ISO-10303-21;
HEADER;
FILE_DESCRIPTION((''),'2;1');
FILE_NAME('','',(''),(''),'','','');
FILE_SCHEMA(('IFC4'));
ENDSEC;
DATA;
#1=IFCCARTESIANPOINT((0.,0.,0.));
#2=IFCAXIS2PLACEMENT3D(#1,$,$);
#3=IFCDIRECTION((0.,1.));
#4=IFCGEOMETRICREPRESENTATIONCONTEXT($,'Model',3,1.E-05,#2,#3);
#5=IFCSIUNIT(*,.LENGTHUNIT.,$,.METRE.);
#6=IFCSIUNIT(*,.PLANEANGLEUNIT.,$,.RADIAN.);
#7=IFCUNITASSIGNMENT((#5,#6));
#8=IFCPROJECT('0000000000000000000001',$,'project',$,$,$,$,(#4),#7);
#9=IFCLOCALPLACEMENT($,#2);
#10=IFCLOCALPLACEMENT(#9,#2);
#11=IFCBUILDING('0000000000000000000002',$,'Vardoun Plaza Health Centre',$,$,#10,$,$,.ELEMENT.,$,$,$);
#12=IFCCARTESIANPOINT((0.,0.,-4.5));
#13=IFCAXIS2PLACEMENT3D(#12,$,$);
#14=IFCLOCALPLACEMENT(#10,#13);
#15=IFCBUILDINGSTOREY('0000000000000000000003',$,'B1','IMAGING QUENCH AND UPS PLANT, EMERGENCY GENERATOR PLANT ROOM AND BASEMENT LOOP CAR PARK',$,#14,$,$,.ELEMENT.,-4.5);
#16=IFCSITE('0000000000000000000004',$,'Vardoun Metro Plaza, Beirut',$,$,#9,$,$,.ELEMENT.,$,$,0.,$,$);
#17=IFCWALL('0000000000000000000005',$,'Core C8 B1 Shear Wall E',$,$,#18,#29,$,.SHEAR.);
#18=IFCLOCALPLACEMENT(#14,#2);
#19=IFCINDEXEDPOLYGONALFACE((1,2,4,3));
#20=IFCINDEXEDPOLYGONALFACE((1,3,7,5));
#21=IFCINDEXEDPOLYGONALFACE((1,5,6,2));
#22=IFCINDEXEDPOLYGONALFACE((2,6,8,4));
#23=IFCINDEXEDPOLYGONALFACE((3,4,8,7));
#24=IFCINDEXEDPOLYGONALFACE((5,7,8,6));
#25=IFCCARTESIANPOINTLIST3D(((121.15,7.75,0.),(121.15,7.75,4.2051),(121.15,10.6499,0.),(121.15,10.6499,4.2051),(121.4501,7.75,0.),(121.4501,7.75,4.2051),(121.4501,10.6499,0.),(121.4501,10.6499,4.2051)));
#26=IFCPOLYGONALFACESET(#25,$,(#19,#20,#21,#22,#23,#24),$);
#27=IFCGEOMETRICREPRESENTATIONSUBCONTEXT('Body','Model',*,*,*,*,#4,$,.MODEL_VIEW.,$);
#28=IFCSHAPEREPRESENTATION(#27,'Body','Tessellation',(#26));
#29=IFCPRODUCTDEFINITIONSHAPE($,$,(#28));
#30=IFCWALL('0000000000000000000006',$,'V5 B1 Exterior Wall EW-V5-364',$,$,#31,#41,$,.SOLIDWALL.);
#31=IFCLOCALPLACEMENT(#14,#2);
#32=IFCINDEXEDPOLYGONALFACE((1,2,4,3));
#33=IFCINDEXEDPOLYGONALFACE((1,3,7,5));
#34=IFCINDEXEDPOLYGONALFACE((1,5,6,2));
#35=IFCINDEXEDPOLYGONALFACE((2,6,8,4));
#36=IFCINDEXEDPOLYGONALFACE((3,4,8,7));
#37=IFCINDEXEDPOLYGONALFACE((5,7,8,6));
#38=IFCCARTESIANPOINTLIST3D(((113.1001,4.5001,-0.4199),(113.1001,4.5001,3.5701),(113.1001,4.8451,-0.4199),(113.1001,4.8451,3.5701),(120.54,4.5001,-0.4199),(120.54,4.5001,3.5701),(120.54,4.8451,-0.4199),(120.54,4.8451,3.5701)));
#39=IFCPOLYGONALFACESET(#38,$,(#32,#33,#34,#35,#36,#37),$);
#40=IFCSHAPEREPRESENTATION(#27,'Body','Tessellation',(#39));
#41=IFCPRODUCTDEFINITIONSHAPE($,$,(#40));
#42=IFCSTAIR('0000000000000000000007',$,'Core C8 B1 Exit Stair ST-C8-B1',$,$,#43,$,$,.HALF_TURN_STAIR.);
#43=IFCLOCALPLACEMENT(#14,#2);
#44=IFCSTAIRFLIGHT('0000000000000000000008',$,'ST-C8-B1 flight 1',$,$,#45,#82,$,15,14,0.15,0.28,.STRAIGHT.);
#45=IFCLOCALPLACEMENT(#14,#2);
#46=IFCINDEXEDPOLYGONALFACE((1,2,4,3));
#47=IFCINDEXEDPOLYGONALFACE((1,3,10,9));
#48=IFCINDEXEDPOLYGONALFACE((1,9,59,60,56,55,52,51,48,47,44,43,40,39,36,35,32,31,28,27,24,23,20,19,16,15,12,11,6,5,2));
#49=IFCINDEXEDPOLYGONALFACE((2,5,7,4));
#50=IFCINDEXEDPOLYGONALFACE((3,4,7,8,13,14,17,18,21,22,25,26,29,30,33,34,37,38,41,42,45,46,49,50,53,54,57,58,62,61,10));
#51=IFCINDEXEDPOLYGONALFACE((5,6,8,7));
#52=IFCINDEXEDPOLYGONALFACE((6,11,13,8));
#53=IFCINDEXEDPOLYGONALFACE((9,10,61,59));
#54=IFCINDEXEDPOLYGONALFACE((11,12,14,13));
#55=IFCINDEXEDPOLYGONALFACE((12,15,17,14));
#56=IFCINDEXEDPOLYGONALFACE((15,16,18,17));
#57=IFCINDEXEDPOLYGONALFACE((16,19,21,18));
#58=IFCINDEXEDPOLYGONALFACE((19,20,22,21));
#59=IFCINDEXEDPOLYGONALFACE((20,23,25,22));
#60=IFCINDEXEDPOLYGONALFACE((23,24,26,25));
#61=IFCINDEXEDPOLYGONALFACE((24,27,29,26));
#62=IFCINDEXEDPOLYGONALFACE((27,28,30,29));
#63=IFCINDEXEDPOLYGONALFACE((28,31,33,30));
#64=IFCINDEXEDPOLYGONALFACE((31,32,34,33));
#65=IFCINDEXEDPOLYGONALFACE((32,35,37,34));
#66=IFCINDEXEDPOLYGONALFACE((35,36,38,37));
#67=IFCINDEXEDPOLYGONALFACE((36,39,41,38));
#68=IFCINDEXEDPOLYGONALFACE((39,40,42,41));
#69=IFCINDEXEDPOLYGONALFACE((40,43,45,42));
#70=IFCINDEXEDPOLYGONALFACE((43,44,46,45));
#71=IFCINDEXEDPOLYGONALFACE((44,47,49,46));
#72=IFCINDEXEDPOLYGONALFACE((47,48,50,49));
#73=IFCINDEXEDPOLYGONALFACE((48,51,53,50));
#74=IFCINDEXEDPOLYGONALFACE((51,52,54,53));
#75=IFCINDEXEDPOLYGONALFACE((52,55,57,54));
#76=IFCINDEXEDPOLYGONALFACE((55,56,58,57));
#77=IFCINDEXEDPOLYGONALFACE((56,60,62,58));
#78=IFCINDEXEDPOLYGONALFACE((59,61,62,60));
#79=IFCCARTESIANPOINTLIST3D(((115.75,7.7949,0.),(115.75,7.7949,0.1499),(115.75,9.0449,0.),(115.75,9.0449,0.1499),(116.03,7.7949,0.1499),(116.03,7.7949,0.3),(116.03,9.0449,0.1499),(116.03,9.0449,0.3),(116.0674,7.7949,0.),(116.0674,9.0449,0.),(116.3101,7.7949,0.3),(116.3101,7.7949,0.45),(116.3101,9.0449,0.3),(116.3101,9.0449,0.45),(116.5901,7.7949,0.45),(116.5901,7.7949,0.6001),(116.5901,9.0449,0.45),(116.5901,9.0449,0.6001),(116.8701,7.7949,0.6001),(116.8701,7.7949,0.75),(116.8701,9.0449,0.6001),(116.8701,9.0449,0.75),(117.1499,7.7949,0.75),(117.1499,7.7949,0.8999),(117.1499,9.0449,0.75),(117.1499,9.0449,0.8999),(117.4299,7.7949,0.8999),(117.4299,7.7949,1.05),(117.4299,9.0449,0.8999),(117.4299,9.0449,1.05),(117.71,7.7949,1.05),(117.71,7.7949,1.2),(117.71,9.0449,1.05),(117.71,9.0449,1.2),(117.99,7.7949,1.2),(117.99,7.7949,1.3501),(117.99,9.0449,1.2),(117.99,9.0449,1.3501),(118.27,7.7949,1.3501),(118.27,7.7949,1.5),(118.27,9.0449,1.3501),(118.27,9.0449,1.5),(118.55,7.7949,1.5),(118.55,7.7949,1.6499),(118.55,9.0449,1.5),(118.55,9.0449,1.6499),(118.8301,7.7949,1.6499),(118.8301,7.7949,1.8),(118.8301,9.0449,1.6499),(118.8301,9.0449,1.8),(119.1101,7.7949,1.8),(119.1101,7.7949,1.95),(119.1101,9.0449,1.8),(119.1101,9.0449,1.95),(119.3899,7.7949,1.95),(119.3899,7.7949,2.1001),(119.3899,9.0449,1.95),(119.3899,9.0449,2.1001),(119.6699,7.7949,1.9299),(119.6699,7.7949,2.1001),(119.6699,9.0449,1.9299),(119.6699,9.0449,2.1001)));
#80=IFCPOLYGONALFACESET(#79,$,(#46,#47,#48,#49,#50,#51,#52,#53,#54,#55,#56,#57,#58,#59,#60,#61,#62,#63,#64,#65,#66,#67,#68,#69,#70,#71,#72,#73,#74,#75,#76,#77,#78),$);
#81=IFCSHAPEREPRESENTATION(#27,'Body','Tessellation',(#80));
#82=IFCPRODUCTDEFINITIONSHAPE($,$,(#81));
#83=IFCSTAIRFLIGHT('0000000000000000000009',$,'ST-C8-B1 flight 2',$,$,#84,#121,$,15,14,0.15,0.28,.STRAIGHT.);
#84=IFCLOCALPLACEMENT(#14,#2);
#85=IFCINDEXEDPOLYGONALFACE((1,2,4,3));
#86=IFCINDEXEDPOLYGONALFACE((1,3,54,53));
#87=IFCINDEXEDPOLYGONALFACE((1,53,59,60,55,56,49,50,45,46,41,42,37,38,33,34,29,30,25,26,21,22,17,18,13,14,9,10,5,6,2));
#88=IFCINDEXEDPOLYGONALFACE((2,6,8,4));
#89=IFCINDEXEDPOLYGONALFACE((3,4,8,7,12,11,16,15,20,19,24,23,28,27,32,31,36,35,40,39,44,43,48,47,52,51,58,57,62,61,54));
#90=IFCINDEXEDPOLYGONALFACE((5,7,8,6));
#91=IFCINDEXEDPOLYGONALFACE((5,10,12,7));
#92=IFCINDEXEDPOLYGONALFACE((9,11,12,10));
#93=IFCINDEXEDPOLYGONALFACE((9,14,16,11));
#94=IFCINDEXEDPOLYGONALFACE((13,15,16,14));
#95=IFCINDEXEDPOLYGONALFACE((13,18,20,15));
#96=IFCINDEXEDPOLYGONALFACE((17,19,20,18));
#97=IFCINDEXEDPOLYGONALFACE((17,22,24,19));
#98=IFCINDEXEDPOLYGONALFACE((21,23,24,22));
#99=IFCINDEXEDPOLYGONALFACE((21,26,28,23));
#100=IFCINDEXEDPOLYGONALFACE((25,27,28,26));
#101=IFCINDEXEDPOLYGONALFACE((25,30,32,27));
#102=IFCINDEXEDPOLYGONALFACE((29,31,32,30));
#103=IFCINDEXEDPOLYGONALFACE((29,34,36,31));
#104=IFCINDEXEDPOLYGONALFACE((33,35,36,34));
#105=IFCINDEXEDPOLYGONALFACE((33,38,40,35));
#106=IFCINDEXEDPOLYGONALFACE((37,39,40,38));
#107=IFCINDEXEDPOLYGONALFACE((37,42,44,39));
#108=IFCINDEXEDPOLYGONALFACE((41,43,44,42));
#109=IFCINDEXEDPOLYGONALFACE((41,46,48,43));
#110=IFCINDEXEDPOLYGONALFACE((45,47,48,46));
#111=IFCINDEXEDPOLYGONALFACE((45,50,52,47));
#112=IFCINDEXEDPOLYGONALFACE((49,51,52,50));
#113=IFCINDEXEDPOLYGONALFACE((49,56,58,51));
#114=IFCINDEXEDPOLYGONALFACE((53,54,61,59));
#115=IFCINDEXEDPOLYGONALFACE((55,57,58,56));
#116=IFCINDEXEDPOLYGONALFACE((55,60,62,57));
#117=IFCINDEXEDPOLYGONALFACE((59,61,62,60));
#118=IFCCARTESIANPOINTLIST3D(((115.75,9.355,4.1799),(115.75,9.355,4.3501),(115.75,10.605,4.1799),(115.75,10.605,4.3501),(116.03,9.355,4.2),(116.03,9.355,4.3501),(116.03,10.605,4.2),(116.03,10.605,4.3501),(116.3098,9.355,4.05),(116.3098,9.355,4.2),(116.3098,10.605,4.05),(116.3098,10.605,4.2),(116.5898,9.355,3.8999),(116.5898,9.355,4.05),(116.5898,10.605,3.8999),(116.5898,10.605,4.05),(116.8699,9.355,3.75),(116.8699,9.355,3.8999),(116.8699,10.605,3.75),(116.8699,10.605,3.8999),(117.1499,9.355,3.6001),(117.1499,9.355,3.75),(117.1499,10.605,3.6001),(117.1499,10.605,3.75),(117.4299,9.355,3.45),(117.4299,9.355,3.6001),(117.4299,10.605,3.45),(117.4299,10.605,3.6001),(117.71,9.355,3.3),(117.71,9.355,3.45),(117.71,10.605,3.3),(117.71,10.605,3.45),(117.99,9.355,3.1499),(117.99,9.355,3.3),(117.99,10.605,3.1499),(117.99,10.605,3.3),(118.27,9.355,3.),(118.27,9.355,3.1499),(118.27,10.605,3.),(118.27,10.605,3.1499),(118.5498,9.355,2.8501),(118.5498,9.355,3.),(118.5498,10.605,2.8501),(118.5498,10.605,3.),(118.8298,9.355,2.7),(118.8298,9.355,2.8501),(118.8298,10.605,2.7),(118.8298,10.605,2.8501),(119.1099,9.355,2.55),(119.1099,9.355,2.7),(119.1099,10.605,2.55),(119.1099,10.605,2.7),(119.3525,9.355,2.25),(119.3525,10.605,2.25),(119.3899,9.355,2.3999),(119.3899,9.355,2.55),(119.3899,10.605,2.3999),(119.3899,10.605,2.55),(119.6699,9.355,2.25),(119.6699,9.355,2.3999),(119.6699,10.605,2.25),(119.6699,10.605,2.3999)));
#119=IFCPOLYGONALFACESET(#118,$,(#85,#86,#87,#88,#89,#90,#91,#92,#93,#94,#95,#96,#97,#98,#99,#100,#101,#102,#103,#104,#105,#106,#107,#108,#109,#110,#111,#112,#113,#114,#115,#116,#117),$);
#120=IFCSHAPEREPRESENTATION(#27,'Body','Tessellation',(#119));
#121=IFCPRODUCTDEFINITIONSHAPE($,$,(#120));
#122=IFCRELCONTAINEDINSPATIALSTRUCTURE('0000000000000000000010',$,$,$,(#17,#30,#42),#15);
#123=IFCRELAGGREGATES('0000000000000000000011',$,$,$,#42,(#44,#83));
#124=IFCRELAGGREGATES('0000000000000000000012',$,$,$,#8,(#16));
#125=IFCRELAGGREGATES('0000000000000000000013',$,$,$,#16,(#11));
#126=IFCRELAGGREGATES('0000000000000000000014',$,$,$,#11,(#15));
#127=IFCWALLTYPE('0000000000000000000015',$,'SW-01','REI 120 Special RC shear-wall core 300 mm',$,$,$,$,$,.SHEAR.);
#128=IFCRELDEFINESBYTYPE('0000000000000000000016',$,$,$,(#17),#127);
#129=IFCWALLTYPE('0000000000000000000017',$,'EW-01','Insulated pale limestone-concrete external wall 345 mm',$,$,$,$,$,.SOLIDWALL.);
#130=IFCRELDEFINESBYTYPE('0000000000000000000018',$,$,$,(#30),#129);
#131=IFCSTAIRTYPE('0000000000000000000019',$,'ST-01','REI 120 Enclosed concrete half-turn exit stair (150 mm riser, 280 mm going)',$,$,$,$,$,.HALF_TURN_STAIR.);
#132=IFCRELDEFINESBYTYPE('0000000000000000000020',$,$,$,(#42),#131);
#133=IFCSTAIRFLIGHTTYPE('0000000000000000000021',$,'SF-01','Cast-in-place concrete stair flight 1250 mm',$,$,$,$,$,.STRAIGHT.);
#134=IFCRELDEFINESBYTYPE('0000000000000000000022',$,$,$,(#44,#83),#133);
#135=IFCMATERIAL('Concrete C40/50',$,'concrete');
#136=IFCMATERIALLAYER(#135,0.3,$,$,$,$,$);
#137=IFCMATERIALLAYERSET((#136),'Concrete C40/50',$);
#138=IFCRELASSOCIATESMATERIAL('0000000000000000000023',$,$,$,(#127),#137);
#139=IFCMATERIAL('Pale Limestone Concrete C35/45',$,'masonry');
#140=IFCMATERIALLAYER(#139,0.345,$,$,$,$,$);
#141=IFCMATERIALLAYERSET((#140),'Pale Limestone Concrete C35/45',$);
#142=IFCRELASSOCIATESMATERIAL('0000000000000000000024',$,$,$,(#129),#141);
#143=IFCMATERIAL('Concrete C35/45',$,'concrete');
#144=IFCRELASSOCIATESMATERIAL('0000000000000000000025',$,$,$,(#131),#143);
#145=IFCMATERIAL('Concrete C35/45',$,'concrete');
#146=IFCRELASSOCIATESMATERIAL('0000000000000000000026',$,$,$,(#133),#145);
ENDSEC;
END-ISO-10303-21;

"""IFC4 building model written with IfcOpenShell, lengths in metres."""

from ifc_helpers import new_model, si_unit, direction, frame, frame_2d, origin, place, context, subcontext, project, spatial, polyline, rectangle, outline, extrude, material, layer, layer_set, type_object, element, aggregate, save


model = new_model("IFC4")

# Units and contexts
model_context = context("Model", 3, precision=1e-05, world=origin(), true_north=direction((0.0, 1.0)))
body_context = subcontext(model_context, "Body", "Model", "MODEL_VIEW")
ifc_project = project(units=[si_unit("LENGTHUNIT", "METRE"), si_unit("PLANEANGLEUNIT", "RADIAN")], contexts=[model_context])

# Site, building, storey
site_placement = place(None, origin())
site = spatial("IfcSite", under=ifc_project, at=site_placement, Name="Vardoun Metro Plaza, Beirut", CompositionType="ELEMENT", RefElevation=0.0)
building_placement = place(site_placement, origin())
building = spatial("IfcBuilding", under=site, at=building_placement, Name="Vardoun Plaza Health Centre", CompositionType="ELEMENT")
storey_placement = place(building_placement, frame((0.0, 0.0, -4.5)))
storey = spatial("IfcBuildingStorey", under=building, at=storey_placement, Name="B1", Description="IMAGING QUENCH AND UPS PLANT, EMERGENCY GENERATOR PLANT ROOM AND BASEMENT LOOP CAR PARK", CompositionType="ELEMENT", Elevation=-4.5)

# Walls
ifc_material_1 = material(Name="Concrete C40/50", Category="concrete")
ifc_layer_1 = layer(ifc_material_1, 0.3)
ifc_layer_set_1 = layer_set([ifc_layer_1], Name="Concrete C40/50")
wall_type_1 = type_object("IfcWallType", Name="SW-01", Description="REI 120 Special RC shear-wall core 300 mm", PredefinedType="SHEAR", material=ifc_layer_set_1)
wall_1_placement = place(storey_placement, frame((121.3, 10.6499, 0.0), z_axis=(0.0, 0.0, 1.0), x_axis=(0.0, -1.0, 0.0)))
element("IfcWall", 1, at=wall_1_placement, inside=storey, type_object=wall_type_1, Name="Core C8 B1 Shear Wall E", PredefinedType="SHEAR", context=body_context, shape_type="SweptSolid", body=[
    extrude(rectangle(XDim=2.8999, YDim=0.3, at=frame_2d((1.45, 0.0))), origin(), (0.0, 0.0, 1.0), 4.2051),
])
ifc_material_2 = material(Name="Pale Limestone Concrete C35/45", Category="masonry")
ifc_layer_2 = layer(ifc_material_2, 0.345)
ifc_layer_set_2 = layer_set([ifc_layer_2], Name="Pale Limestone Concrete C35/45")
wall_type_2 = type_object("IfcWallType", Name="EW-01", Description="Insulated pale limestone-concrete external wall 345 mm", PredefinedType="SOLIDWALL", material=ifc_layer_set_2)
wall_2_placement = place(storey_placement, frame((120.54, 4.6726, -0.4199), z_axis=(0.0, 0.0, 1.0), x_axis=(-1.0, 0.0, 0.0)))
element("IfcWall", 2, at=wall_2_placement, inside=storey, type_object=wall_type_2, Name="V5 B1 Exterior Wall EW-V5-364", PredefinedType="SOLIDWALL", context=body_context, shape_type="SweptSolid", body=[
    extrude(rectangle(XDim=7.4399, YDim=0.345, at=frame_2d((3.72, 0.0))), origin(), (0.0, 0.0, 1.0), 3.99),
])

# Stair, stair flights
ifc_material_3 = material(Name="Concrete C35/45", Category="concrete")
stair_type = type_object("IfcStairType", Name="ST-01", Description="REI 120 Enclosed concrete half-turn exit stair (150 mm riser, 280 mm going)", PredefinedType="HALF_TURN_STAIR", material=ifc_material_3)
stair_placement = place(storey_placement, origin())
stair = element("IfcStair", 3, at=stair_placement, inside=storey, type_object=stair_type, Name="Core C8 B1 Exit Stair ST-C8-B1", PredefinedType="HALF_TURN_STAIR")
ifc_material_4 = material(Name="Concrete C35/45", Category="concrete")
stair_flight_type = type_object("IfcStairFlightType", Name="SF-01", Description="Cast-in-place concrete stair flight 1250 mm", PredefinedType="STRAIGHT", material=ifc_material_4)
stair_flight_1_placement = place(storey_placement, frame((115.75, 8.4199, 0.0), z_axis=(0.0, 0.0, 1.0), x_axis=(1.0, 0.0, 0.0)))
stair_flight_1 = element("IfcStairFlight", 4, at=stair_flight_1_placement, type_object=stair_flight_type, Name="ST-C8-B1 flight 1", NumberOfRisers=15, NumberOfTreads=14, PredefinedType="STRAIGHT", RiserHeight=0.15, TreadLength=0.28, context=body_context, shape_type="SweptSolid", body=[
    extrude(outline(polyline([(0.0, 0.0), (0.0, 0.1499), (0.28, 0.1499), (0.28, 0.3), (0.5601, 0.3), (0.5601, 0.45), (0.8401, 0.45), (0.8401, 0.6001), (1.1201, 0.6001), (1.1201, 0.75), (1.3999, 0.75), (1.3999, 0.8999), (1.6799, 0.8999), (1.6799, 1.05), (1.96, 1.05), (1.96, 1.2), (2.24, 1.2), (2.24, 1.3501), (2.52, 1.3501), (2.52, 1.5), (2.8, 1.5), (2.8, 1.6499), (3.0801, 1.6499), (3.0801, 1.8), (3.3601, 1.8), (3.3601, 1.95), (3.6399, 1.95), (3.6399, 2.1001), (3.9199, 2.1001), (3.9199, 2.25), (3.9199, 1.9299), (0.3174, 0.0), (0.0, 0.0)])), frame((0.0, 0.625, 0.0), z_axis=(0.0, -1.0, 0.0), x_axis=(1.0, 0.0, 0.0)), (0.0, 0.0, 1.0), 1.25),
])
stair_flight_2_placement = place(storey_placement, frame((119.6699, 9.98, 2.25), z_axis=(0.0, 0.0, 1.0), x_axis=(-1.0, 0.0, 0.0)))
stair_flight_2 = element("IfcStairFlight", 5, at=stair_flight_2_placement, type_object=stair_flight_type, Name="ST-C8-B1 flight 2", NumberOfRisers=15, NumberOfTreads=14, PredefinedType="STRAIGHT", RiserHeight=0.15, TreadLength=0.28, context=body_context, shape_type="SweptSolid", body=[
    extrude(outline(polyline([(0.0, 0.0), (0.0, 0.1499), (0.28, 0.1499), (0.28, 0.3), (0.5601, 0.3), (0.5601, 0.45), (0.8401, 0.45), (0.8401, 0.6001), (1.1201, 0.6001), (1.1201, 0.75), (1.3999, 0.75), (1.3999, 0.8999), (1.6799, 0.8999), (1.6799, 1.05), (1.96, 1.05), (1.96, 1.2), (2.24, 1.2), (2.24, 1.3501), (2.52, 1.3501), (2.52, 1.5), (2.8, 1.5), (2.8, 1.6499), (3.0801, 1.6499), (3.0801, 1.8), (3.3601, 1.8), (3.3601, 1.95), (3.6399, 1.95), (3.6399, 2.1001), (3.9199, 2.1001), (3.9199, 2.25), (3.9199, 1.9299), (0.3174, 0.0), (0.0, 0.0)])), frame((0.0, 0.625, 0.0), z_axis=(0.0, -1.0, 0.0), x_axis=(1.0, 0.0, 0.0)), (0.0, 0.0, 1.0), 1.25),
])
aggregate(stair, [stair_flight_1, stair_flight_2])

save(model, "model.ifc")
